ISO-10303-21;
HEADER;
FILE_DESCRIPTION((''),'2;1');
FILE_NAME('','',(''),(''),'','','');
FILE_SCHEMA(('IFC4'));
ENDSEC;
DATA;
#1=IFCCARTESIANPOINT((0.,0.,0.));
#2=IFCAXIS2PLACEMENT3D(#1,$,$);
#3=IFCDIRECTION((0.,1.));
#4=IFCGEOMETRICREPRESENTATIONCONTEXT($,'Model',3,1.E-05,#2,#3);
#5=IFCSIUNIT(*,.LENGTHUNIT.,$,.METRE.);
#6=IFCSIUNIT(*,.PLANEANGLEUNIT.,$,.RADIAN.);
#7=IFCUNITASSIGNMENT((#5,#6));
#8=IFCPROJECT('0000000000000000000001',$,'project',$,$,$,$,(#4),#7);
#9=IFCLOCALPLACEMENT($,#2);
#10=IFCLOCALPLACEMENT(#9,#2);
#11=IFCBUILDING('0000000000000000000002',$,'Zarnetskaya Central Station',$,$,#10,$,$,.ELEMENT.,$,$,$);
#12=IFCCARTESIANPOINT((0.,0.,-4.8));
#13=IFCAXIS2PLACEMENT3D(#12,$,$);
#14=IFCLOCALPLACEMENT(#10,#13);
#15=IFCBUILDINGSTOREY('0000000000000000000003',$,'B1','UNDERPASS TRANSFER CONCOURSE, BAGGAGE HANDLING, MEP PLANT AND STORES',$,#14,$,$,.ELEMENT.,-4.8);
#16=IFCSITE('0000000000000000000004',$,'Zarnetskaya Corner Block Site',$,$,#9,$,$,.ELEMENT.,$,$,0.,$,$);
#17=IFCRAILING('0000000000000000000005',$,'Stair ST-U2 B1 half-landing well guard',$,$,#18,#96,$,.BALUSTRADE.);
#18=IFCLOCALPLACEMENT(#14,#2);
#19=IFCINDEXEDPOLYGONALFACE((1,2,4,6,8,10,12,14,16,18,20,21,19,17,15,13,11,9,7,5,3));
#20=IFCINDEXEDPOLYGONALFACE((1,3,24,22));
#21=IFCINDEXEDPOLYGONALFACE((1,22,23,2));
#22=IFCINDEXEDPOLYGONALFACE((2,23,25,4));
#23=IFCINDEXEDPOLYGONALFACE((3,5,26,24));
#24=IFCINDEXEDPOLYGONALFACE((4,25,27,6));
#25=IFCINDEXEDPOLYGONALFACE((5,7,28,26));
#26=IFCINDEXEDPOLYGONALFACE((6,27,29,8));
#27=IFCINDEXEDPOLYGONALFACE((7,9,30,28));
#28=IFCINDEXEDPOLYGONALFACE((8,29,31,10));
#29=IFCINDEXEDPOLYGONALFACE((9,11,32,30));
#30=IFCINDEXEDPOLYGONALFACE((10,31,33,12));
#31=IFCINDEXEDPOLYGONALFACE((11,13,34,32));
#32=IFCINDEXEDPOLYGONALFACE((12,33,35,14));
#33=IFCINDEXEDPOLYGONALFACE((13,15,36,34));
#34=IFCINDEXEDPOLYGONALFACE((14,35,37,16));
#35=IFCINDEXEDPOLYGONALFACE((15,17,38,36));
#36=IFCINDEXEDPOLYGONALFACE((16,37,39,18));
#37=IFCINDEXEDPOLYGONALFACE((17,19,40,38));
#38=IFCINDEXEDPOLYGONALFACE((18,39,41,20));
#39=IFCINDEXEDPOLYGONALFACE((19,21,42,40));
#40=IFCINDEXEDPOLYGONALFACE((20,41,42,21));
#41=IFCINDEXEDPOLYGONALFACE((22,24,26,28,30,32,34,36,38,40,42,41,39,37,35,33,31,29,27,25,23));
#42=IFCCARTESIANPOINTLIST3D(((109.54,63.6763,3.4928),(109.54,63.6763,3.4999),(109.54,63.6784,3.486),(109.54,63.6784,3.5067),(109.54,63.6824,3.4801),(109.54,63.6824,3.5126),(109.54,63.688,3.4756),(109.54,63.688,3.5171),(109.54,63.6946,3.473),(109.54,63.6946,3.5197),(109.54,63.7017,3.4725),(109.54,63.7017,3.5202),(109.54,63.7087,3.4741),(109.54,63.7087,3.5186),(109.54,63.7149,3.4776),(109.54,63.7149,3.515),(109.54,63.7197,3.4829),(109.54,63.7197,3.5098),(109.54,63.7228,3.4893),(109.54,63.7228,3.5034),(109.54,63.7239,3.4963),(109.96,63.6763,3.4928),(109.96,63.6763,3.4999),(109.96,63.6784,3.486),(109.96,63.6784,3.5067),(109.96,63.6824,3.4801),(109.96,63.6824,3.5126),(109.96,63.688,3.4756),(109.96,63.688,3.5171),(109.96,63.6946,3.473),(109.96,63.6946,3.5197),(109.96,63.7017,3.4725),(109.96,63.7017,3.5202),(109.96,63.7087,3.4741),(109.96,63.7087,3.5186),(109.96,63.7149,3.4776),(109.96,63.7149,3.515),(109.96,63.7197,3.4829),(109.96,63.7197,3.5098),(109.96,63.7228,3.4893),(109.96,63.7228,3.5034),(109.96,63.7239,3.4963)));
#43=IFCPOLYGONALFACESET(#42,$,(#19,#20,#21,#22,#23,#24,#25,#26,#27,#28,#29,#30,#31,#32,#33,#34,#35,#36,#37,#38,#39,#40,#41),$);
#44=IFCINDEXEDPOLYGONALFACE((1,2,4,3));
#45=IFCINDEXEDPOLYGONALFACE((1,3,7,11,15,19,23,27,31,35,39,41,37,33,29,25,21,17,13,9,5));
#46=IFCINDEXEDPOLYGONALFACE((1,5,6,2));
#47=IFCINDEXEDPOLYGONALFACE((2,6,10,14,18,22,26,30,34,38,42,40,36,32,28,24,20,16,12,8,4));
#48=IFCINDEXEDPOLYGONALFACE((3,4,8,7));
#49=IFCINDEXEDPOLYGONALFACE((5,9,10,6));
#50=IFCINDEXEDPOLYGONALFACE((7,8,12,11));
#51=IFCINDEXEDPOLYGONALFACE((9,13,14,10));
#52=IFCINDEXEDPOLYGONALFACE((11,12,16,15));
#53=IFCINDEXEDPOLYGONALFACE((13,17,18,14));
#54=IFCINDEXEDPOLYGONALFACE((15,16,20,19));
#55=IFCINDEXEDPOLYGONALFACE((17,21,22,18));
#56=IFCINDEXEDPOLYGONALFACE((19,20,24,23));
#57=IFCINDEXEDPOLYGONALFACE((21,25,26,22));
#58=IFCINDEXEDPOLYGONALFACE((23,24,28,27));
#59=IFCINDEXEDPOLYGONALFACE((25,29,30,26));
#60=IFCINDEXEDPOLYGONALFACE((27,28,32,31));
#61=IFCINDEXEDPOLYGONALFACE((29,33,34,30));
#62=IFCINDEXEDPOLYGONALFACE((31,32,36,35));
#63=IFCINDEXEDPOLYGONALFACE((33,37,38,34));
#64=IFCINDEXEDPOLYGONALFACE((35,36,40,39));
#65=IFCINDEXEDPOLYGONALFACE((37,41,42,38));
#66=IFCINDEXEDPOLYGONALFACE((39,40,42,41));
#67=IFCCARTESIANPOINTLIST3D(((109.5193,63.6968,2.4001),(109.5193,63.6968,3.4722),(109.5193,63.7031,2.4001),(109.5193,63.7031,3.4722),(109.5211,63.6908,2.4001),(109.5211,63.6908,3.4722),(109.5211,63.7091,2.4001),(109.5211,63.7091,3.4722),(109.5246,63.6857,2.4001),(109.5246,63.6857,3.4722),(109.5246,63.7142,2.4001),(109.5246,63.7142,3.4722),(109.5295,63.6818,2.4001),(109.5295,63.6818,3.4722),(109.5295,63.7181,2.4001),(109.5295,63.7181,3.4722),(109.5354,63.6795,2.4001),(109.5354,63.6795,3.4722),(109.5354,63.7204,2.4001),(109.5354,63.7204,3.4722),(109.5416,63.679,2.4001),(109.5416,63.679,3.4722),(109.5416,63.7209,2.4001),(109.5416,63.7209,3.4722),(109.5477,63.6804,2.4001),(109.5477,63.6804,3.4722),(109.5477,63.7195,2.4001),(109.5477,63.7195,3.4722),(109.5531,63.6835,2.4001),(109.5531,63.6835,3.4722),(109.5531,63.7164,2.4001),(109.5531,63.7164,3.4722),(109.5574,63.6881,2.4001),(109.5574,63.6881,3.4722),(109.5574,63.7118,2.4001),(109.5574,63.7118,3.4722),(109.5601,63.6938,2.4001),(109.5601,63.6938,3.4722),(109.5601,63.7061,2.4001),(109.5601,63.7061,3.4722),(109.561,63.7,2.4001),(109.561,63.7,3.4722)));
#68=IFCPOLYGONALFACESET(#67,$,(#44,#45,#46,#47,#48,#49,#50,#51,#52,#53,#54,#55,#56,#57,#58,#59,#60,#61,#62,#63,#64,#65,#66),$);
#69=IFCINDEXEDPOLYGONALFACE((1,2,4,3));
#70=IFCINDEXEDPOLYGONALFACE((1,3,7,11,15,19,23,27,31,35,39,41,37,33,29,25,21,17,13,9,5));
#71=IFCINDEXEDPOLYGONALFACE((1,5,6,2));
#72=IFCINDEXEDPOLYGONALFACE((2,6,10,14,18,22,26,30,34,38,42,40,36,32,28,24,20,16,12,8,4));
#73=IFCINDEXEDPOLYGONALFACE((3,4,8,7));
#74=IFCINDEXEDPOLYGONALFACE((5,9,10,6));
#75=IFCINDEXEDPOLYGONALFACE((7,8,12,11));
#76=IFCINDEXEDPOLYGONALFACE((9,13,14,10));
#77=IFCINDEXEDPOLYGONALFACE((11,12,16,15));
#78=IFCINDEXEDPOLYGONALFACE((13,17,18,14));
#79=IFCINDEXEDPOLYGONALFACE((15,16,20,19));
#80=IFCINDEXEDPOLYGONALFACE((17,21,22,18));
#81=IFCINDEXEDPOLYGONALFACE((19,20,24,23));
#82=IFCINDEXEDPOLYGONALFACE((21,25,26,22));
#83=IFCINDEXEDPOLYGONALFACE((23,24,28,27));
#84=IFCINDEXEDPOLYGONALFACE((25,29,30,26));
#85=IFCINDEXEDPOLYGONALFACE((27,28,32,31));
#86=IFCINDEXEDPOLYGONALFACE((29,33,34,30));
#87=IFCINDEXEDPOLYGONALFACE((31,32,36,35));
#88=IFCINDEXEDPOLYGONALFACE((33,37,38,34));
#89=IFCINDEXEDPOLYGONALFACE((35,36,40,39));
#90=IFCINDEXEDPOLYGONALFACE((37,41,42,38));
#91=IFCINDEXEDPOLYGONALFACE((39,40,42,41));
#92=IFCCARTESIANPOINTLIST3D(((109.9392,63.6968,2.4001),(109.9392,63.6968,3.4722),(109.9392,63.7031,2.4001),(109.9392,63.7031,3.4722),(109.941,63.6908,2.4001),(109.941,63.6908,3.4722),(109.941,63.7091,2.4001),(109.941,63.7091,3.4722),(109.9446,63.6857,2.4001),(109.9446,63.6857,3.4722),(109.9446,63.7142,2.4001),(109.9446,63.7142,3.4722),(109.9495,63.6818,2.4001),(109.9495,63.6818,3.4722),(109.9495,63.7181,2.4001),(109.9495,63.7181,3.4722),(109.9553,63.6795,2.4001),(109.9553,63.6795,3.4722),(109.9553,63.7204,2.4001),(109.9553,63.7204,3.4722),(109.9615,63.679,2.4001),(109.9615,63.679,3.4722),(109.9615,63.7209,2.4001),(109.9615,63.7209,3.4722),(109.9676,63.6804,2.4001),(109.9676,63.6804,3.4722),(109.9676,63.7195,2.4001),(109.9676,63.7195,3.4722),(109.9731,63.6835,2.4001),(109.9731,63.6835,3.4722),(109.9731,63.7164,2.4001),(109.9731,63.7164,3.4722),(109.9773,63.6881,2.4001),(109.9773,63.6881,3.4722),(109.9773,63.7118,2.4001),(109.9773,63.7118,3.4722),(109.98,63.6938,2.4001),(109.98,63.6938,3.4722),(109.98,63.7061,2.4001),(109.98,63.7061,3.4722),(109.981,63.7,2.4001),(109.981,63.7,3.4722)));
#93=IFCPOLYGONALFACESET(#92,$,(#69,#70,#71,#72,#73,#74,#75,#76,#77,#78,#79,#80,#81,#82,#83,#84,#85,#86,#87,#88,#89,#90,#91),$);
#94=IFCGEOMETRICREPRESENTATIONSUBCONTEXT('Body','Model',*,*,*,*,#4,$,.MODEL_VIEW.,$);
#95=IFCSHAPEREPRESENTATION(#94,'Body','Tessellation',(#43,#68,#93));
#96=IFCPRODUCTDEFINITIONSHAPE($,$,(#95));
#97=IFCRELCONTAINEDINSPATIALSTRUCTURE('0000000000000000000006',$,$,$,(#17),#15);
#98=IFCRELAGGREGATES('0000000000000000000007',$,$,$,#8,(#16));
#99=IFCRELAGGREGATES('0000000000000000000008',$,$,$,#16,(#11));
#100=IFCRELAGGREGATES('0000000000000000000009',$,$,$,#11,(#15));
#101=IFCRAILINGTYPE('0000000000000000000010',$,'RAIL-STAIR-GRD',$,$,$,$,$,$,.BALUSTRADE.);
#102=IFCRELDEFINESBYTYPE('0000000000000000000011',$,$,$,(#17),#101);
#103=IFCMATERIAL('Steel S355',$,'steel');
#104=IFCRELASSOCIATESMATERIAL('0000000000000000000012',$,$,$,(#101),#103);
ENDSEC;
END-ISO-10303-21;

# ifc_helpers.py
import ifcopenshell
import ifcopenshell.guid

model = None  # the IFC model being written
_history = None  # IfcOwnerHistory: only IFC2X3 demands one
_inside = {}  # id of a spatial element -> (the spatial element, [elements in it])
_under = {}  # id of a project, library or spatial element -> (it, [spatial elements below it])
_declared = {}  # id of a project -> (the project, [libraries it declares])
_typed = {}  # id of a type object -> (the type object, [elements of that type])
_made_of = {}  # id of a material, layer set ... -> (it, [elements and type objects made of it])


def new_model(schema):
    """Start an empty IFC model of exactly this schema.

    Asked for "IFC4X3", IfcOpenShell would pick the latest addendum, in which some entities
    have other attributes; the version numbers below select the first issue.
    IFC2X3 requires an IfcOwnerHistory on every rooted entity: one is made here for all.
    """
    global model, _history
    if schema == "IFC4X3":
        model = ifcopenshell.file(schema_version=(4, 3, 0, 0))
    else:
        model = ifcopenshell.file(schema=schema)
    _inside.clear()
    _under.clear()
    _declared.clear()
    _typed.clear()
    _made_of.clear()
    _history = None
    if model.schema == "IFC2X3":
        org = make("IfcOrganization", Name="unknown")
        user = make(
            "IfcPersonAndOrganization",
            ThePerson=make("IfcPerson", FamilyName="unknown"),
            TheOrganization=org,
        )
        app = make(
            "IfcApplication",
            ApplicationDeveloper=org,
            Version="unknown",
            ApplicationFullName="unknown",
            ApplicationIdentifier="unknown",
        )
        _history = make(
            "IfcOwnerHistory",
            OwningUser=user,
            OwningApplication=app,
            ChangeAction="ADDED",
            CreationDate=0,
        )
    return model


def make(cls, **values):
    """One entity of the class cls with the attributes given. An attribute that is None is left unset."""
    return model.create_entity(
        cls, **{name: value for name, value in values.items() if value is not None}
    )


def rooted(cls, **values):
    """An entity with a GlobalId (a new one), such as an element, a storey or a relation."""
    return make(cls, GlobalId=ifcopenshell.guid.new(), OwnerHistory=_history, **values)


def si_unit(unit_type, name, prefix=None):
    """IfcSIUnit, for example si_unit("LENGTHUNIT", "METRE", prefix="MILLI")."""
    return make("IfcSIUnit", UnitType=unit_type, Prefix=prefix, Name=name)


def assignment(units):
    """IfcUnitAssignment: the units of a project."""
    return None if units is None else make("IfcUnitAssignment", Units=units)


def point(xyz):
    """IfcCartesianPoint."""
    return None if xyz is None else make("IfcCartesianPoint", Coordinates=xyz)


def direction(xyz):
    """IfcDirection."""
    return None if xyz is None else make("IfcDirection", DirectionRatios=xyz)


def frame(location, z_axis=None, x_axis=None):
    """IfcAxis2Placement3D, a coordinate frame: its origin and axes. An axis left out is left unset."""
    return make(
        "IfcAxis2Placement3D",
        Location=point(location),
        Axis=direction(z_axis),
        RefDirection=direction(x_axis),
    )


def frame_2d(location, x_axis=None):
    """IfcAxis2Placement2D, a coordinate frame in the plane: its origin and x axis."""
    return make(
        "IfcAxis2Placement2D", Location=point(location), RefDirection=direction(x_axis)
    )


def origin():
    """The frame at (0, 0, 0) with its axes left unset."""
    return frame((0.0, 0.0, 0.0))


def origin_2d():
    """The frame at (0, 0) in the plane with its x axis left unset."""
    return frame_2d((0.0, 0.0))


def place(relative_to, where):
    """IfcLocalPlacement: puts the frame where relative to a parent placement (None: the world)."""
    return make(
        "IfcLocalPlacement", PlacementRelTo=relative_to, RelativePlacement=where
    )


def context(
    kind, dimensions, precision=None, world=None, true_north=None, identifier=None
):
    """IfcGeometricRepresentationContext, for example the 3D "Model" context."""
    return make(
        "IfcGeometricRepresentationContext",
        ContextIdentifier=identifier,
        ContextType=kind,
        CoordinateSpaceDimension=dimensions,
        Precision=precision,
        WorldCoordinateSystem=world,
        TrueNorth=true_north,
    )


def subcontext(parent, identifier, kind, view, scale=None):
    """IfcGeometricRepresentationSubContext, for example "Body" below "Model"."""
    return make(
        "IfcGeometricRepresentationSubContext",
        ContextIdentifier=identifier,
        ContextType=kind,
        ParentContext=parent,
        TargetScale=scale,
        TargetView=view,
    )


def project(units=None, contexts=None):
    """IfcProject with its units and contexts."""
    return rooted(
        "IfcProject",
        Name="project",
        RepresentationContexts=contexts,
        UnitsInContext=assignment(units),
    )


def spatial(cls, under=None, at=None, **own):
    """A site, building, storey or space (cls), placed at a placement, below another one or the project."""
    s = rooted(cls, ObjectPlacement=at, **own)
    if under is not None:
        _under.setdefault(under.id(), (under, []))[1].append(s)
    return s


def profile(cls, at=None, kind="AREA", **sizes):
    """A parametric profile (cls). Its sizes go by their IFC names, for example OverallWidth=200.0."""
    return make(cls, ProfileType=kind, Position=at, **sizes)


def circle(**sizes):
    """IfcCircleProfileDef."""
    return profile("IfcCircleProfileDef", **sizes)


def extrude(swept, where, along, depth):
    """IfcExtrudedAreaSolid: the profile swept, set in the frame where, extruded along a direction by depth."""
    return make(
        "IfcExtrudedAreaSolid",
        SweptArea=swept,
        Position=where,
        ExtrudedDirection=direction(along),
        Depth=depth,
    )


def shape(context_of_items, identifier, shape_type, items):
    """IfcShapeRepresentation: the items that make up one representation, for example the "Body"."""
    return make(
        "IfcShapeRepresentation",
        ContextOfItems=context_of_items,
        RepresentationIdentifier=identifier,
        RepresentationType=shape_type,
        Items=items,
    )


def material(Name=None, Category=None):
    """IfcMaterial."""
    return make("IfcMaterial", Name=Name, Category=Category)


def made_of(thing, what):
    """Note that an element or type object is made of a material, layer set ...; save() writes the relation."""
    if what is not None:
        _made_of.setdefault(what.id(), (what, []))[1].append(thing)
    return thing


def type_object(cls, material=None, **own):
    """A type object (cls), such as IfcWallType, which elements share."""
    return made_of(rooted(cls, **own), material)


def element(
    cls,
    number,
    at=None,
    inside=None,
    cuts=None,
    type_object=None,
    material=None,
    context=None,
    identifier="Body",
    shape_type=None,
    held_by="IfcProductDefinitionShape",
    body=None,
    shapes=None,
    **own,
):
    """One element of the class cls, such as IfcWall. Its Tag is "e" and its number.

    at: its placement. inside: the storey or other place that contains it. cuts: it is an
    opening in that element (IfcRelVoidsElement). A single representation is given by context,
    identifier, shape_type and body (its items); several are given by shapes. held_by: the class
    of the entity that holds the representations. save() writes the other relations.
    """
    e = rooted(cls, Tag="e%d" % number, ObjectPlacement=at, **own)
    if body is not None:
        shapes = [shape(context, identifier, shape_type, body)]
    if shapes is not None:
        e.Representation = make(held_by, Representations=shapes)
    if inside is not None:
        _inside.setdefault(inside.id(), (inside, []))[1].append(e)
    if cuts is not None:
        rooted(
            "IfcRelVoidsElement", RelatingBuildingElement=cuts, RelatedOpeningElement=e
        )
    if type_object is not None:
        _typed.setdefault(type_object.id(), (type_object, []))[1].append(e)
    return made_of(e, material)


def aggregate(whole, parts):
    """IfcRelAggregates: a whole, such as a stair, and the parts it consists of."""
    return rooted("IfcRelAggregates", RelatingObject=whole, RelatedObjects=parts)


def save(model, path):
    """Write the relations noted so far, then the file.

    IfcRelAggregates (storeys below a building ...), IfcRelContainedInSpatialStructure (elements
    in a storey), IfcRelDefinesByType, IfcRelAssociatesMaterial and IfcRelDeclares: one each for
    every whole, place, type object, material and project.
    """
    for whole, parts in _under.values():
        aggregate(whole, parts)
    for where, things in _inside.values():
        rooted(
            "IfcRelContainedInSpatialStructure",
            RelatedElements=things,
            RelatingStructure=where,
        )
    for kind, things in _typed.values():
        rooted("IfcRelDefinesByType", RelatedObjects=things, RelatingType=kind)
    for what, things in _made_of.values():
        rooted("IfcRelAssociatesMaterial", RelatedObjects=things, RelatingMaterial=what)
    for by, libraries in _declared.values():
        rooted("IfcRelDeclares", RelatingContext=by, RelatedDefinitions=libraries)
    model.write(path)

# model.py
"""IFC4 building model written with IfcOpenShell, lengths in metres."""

from ifc_helpers import new_model, si_unit, direction, frame, origin, origin_2d, place, context, subcontext, project, spatial, circle, extrude, material, type_object, element, save


model = new_model("IFC4")

# Units and contexts
model_context = context("Model", 3, precision=1e-05, world=origin(), true_north=direction((0.0, 1.0)))
body_context = subcontext(model_context, "Body", "Model", "MODEL_VIEW")
ifc_project = project(units=[si_unit("LENGTHUNIT", "METRE"), si_unit("PLANEANGLEUNIT", "RADIAN")], contexts=[model_context])

# Site, building, storey
site_placement = place(None, origin())
site = spatial("IfcSite", under=ifc_project, at=site_placement, Name="Zarnetskaya Corner Block Site", CompositionType="ELEMENT", RefElevation=0.0)
building_placement = place(site_placement, origin())
building = spatial("IfcBuilding", under=site, at=building_placement, Name="Zarnetskaya Central Station", CompositionType="ELEMENT")
storey_placement = place(building_placement, frame((0.0, 0.0, -4.8)))
storey = spatial("IfcBuildingStorey", under=building, at=storey_placement, Name="B1", Description="UNDERPASS TRANSFER CONCOURSE, BAGGAGE HANDLING, MEP PLANT AND STORES", CompositionType="ELEMENT", Elevation=-4.8)

# Railing
ifc_material_1 = material(Name="Steel S355", Category="steel")
railing_type_1 = type_object("IfcRailingType", Name="RAIL-STAIR-GRD", PredefinedType="BALUSTRADE", material=ifc_material_1)
railing_1_placement = place(storey_placement, frame((109.54, 63.7, 2.4001)))
element("IfcRailing", 1, at=railing_1_placement, inside=storey, type_object=railing_type_1, Name="Stair ST-U2 B1 half-landing well guard", PredefinedType="BALUSTRADE", context=body_context, shape_type="SweptSolid", body=[
    extrude(circle(Radius=0.0239, at=origin_2d()), frame((0.0, 0.0, 1.0962), z_axis=(1.0, 0.0, 0.0), x_axis=(0.0, 1.0, 0.0)), (0.0, 0.0, 1.0), 0.4199),
    extrude(circle(Radius=0.021, at=origin_2d()), origin(), (0.0, 0.0, 1.0), 1.072),
    extrude(circle(Radius=0.021, at=origin_2d()), frame((0.4199, 0.0, 0.0)), (0.0, 0.0, 1.0), 1.072),
])

save(model, "model.ifc")
